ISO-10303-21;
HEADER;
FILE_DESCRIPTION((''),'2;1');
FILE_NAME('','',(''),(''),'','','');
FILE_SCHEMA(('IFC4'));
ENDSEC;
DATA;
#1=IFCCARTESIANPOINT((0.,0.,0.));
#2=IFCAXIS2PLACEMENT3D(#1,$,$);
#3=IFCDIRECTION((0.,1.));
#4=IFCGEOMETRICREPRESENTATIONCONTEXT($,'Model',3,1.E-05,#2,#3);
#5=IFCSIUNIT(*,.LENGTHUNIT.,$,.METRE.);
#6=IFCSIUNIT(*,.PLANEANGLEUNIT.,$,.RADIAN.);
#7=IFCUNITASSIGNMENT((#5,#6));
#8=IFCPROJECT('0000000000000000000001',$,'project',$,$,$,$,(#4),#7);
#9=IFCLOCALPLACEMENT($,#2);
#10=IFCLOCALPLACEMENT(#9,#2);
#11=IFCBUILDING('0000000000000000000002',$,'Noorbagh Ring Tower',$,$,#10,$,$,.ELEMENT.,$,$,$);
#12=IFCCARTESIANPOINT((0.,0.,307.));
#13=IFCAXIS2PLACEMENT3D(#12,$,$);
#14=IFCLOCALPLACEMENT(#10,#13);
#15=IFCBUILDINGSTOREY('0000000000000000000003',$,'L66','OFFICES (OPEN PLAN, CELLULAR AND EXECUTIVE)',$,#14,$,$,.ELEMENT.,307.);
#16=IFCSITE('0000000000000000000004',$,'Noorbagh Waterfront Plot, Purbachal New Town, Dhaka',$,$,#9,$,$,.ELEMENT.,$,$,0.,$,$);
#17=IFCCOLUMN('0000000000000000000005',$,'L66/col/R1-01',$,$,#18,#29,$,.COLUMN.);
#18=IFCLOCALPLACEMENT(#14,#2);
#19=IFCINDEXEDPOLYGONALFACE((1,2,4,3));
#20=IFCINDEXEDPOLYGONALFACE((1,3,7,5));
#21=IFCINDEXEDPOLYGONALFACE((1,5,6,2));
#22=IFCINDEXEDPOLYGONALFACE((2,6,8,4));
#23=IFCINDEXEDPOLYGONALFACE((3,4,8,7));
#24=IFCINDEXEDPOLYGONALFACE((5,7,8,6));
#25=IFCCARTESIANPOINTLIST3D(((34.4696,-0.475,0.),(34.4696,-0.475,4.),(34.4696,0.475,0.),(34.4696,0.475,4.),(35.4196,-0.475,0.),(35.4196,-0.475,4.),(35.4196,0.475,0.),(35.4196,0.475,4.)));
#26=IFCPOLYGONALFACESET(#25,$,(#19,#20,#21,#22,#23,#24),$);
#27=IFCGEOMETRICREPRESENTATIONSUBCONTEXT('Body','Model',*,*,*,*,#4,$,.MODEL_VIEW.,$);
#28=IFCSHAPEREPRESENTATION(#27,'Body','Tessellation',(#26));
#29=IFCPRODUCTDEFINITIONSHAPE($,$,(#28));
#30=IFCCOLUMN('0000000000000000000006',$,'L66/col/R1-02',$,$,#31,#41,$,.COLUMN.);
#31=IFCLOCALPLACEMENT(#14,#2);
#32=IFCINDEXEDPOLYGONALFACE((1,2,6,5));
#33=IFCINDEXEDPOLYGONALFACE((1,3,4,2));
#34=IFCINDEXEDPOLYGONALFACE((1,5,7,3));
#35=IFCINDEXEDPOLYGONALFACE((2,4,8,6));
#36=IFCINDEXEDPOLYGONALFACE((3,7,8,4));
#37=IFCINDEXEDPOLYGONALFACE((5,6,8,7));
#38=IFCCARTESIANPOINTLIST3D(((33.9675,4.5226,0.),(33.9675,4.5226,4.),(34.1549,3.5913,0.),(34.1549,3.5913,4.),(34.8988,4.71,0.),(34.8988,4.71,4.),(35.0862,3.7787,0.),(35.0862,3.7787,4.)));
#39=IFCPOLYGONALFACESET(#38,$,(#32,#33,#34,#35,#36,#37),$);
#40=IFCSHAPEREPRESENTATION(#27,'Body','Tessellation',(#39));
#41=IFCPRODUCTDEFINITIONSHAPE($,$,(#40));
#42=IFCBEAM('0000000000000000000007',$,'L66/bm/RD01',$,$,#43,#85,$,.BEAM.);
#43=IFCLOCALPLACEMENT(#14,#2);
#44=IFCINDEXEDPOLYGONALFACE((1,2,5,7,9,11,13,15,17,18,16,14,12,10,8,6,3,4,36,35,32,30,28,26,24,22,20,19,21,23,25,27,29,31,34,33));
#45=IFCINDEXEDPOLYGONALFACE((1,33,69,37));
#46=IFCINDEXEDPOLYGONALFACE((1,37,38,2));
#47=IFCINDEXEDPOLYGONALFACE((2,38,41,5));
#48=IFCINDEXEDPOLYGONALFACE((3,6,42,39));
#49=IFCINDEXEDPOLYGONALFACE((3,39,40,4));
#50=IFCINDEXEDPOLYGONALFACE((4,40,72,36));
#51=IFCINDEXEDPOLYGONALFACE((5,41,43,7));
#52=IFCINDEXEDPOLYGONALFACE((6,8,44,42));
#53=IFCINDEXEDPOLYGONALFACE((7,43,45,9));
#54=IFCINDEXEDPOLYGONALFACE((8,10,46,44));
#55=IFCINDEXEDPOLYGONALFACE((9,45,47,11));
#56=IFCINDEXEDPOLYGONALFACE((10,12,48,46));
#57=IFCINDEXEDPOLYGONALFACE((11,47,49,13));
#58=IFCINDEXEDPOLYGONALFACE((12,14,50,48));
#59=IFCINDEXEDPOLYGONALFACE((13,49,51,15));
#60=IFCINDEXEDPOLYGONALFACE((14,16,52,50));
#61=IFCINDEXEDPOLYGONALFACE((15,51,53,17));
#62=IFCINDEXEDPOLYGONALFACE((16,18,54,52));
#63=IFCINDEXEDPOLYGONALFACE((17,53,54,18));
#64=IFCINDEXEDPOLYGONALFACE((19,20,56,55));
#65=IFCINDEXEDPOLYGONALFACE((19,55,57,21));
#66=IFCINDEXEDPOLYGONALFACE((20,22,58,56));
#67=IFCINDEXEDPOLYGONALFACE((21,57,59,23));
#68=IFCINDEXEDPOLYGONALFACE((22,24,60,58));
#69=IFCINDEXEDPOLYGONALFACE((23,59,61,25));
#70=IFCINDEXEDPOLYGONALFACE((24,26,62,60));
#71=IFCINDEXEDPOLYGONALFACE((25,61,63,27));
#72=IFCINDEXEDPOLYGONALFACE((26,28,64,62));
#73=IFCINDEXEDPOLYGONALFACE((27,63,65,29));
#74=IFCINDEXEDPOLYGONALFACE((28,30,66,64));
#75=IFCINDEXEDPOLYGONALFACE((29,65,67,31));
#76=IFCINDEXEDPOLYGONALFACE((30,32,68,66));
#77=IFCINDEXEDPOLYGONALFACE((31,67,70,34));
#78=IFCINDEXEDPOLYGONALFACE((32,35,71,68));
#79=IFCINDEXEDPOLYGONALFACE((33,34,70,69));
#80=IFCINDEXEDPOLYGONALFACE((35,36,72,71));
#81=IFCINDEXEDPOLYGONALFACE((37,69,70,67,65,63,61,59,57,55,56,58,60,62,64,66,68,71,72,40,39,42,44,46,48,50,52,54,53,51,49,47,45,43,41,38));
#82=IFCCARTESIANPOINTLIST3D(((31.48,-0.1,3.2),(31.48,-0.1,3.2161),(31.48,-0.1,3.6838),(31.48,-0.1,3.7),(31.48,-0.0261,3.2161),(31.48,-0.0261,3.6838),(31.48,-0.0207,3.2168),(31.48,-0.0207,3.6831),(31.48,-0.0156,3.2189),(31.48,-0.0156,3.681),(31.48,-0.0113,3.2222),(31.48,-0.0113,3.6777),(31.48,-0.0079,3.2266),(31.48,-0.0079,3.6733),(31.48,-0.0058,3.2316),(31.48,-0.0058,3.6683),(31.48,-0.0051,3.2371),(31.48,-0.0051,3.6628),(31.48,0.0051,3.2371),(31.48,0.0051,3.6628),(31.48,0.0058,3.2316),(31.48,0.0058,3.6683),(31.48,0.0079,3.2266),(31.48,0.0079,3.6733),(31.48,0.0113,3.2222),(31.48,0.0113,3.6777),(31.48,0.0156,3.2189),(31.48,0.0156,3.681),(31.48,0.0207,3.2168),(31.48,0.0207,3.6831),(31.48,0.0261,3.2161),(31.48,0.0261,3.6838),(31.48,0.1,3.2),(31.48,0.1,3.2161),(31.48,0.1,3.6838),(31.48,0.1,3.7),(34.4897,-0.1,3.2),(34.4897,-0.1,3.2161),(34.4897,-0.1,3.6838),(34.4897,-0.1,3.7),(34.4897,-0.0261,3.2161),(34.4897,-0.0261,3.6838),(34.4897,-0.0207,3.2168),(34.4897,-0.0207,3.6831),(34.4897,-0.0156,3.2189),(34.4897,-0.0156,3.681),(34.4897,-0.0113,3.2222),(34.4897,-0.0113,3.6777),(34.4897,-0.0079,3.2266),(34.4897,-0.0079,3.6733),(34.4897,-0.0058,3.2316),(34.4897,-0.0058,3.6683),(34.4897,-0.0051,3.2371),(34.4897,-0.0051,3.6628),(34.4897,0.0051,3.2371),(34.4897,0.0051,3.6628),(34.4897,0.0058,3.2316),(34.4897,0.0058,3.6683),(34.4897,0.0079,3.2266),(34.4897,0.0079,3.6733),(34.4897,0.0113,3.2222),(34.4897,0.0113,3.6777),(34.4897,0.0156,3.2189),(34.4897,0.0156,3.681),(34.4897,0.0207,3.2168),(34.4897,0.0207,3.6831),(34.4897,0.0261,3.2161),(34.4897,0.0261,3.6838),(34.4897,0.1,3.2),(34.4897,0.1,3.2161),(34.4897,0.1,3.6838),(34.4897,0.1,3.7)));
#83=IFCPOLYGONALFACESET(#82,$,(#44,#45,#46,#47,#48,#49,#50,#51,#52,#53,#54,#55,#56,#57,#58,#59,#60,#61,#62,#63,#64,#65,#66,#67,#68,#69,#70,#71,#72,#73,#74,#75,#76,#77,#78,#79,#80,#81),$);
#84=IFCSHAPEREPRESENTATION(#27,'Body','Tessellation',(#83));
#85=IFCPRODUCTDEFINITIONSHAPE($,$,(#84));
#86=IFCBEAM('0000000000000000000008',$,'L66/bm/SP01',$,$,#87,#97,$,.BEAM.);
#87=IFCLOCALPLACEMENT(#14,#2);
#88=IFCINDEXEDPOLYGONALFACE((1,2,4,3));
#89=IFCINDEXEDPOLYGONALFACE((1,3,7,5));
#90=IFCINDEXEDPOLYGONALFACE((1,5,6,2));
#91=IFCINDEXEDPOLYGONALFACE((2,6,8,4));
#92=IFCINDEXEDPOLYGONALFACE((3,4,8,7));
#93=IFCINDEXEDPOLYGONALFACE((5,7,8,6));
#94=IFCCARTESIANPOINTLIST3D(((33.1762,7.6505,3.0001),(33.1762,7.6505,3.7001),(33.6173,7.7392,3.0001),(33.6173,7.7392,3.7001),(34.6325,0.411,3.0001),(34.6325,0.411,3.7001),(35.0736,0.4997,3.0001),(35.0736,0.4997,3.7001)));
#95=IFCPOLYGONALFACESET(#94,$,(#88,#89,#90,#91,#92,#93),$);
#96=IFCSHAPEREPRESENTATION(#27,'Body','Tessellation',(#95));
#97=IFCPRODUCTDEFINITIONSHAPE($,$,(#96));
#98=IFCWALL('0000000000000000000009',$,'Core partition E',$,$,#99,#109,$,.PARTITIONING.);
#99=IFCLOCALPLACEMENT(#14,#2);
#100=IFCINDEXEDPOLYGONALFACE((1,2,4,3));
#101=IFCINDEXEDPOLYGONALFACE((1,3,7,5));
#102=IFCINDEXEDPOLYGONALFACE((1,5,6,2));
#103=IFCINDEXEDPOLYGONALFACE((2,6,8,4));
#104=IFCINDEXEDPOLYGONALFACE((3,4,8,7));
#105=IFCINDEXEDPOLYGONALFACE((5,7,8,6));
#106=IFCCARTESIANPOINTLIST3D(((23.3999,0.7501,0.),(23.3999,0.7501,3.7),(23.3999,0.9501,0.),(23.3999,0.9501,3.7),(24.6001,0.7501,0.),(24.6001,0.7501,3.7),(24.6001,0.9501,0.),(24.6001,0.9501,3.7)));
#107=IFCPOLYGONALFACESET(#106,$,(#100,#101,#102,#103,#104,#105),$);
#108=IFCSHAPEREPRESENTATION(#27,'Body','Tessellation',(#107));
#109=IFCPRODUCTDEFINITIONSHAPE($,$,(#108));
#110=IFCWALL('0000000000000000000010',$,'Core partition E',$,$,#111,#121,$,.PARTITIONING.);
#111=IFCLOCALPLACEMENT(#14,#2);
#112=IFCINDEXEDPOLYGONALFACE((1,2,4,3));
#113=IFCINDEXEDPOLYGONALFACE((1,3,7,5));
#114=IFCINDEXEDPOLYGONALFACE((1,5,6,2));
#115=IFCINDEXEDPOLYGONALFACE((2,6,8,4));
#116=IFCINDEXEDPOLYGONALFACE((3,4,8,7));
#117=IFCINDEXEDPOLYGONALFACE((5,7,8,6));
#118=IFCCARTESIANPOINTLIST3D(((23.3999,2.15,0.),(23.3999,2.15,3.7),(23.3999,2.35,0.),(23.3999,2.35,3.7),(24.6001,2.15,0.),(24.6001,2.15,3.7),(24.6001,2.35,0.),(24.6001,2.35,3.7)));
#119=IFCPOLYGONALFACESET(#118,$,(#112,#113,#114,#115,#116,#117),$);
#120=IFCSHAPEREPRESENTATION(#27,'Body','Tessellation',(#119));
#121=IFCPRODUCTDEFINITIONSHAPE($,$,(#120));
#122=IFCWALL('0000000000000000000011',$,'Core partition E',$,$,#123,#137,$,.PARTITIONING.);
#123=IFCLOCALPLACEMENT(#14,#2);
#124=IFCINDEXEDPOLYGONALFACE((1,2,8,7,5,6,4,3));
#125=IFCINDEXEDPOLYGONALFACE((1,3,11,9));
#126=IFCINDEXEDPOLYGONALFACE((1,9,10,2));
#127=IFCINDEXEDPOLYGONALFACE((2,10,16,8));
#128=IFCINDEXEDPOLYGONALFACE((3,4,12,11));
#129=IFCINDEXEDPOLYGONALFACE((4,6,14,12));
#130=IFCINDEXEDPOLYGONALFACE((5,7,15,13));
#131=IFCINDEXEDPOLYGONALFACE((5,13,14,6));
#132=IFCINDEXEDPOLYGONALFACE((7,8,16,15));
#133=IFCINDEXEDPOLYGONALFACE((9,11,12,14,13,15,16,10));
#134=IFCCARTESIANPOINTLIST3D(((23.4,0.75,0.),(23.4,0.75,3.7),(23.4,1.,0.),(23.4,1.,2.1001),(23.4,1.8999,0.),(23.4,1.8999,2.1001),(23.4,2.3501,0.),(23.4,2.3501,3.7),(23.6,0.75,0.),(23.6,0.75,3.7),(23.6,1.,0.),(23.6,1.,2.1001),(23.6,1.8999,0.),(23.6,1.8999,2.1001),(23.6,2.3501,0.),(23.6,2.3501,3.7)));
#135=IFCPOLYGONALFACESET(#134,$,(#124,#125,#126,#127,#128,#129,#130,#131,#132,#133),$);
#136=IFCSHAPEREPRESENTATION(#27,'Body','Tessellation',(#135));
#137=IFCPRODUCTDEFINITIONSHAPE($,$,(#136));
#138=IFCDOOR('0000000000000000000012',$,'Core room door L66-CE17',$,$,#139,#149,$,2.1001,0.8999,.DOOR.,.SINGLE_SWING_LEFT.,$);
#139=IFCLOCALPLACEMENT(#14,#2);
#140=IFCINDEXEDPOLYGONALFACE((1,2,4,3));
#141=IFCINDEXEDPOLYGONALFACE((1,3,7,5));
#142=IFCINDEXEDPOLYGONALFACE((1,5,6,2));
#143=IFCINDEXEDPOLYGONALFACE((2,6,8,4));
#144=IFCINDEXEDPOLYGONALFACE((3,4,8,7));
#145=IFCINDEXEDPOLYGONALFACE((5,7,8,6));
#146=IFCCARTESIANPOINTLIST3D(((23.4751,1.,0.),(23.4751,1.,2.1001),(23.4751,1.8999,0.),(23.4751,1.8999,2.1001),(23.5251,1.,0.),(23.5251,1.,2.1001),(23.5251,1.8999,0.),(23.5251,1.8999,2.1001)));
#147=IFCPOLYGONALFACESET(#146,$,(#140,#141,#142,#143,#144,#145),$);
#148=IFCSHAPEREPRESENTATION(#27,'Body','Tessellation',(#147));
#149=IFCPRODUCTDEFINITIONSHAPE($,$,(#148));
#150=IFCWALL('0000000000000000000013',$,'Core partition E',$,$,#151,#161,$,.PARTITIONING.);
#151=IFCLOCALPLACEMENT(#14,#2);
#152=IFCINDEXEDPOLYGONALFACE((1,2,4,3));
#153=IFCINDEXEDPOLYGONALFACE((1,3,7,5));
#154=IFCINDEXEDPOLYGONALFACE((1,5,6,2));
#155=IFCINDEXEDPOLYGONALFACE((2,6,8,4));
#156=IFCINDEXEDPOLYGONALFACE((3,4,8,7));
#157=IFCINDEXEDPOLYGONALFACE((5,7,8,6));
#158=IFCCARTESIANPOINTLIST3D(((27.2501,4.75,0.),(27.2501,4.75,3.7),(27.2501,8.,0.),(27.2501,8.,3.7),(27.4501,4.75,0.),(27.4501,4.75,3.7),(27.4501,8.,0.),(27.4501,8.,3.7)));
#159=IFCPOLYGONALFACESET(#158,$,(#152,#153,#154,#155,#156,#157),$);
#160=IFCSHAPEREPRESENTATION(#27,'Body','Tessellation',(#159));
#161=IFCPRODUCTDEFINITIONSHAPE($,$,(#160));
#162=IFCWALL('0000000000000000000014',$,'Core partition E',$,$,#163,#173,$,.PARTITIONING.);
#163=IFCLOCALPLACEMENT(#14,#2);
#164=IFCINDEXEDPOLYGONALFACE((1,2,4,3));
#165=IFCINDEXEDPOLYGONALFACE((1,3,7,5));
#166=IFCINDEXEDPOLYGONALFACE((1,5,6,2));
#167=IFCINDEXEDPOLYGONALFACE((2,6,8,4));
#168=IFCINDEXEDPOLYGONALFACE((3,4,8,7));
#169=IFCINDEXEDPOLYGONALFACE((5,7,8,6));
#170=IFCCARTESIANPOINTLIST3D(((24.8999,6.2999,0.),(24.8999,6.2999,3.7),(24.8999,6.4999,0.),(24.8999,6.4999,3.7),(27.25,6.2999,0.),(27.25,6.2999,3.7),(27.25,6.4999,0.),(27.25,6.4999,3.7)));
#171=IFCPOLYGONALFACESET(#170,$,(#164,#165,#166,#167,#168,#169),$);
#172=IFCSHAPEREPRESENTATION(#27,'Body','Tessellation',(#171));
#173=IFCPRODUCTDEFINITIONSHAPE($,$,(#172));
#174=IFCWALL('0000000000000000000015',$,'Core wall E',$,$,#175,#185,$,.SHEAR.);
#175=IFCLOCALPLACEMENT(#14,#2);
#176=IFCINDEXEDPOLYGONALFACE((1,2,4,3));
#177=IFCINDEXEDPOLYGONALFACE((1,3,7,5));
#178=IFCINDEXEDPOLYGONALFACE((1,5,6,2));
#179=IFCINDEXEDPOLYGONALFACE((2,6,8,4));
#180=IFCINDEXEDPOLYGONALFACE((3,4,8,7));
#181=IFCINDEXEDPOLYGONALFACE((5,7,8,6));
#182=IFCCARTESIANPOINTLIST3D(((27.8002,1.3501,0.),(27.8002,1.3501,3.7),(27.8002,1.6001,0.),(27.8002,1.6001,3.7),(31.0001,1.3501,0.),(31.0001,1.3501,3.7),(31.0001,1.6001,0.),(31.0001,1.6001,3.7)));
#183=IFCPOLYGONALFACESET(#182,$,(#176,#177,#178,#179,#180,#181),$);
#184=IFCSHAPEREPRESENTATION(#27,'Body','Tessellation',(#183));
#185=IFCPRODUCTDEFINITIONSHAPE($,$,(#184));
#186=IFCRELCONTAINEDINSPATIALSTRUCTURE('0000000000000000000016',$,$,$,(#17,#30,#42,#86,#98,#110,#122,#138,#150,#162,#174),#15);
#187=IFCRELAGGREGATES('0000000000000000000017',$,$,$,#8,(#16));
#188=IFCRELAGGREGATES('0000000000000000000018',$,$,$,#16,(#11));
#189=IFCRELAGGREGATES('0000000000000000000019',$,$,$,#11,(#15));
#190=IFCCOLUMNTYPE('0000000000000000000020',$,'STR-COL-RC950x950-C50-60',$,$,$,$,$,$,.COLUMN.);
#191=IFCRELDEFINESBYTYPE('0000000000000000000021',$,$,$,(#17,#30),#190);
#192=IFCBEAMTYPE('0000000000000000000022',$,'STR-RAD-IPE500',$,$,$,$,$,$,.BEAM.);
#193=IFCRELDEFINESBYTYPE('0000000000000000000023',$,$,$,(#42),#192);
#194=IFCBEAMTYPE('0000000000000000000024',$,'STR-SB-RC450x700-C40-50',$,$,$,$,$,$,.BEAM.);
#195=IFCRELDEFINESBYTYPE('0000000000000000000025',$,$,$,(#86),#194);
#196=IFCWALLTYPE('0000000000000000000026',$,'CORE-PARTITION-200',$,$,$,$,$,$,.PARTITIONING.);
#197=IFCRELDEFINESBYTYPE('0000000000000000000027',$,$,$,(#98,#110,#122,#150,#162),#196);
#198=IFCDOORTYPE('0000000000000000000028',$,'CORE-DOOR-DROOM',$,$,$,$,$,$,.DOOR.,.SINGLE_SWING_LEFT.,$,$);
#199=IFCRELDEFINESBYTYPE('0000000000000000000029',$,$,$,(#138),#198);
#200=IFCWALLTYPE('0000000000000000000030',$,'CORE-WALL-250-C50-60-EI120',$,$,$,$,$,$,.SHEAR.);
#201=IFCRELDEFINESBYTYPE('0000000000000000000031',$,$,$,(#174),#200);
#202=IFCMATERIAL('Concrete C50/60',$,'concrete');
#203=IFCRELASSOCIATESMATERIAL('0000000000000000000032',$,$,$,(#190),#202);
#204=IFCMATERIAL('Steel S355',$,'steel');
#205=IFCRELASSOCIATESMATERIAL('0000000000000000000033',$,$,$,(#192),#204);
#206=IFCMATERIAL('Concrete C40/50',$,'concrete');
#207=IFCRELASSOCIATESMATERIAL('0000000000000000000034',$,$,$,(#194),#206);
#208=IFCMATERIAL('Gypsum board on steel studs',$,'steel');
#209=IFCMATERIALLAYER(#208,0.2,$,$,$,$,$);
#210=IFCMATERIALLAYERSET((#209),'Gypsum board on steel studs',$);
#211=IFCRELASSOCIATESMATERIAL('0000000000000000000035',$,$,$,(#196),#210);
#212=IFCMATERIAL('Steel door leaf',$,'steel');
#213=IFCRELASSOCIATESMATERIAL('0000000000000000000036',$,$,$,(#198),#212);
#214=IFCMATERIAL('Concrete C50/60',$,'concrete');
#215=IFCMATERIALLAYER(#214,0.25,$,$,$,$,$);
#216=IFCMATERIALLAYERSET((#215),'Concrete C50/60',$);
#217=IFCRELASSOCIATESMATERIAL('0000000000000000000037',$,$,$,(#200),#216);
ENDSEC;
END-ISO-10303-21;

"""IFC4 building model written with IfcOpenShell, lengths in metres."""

from ifc_helpers import new_model, si_unit, direction, frame, frame_2d, origin, origin_2d, place, context, subcontext, project, spatial, rectangle, i_section, extrude, material, layer, layer_set, material_profile, profile_set, type_object, element, fill, save


model = new_model("IFC4")

# Units and contexts
model_context = context("Model", 3, precision=1e-05, world=origin(), true_north=direction((0.0, 1.0)))
body_context = subcontext(model_context, "Body", "Model", "MODEL_VIEW")
ifc_project = project(units=[si_unit("LENGTHUNIT", "METRE"), si_unit("PLANEANGLEUNIT", "RADIAN")], contexts=[model_context])

# Site, building, storey
site_placement = place(None, origin())
site = spatial("IfcSite", under=ifc_project, at=site_placement, Name="Noorbagh Waterfront Plot, Purbachal New Town, Dhaka", CompositionType="ELEMENT", RefElevation=0.0)
building_placement = place(site_placement, origin())
building = spatial("IfcBuilding", under=site, at=building_placement, Name="Noorbagh Ring Tower", CompositionType="ELEMENT")
storey_placement = place(building_placement, frame((0.0, 0.0, 307.0)))
storey = spatial("IfcBuildingStorey", under=building, at=storey_placement, Name="L66", Description="OFFICES (OPEN PLAN, CELLULAR AND EXECUTIVE)", CompositionType="ELEMENT", Elevation=307.0)

# Columns
ifc_material_1 = material(Name="Concrete C50/60", Category="concrete")
ifc_material_profile_1 = material_profile(ifc_material_1, rectangle(XDim=0.95, YDim=0.95, at=origin_2d()), Name="RC950x950")
ifc_profile_set_1 = profile_set([ifc_material_profile_1], Name="Concrete C50/60")
column_type = type_object("IfcColumnType", Name="STR-COL-RC950x950-C50-60", PredefinedType="COLUMN", material=ifc_profile_set_1)
for number, where, z_axis, x_axis, name in (
    (1, (34.9446, 0.0, 0.0), (0.0, 0.0, 1.0), (0.0, 1.0, 0.0), "L66/col/R1-01"),
    (2, (34.5269, 4.1506, 0.0), (0.0, 0.0, 1.0), (-0.19723, 0.980357, 0.0), "L66/col/R1-02"),
):
    element("IfcColumn", number, at=place(storey_placement, frame(where, z_axis=z_axis, x_axis=x_axis)), inside=storey, type_object=column_type, Name=name, PredefinedType="COLUMN", context=body_context, shape_type="SweptSolid", body=[
        extrude(rectangle(XDim=0.95, YDim=0.95, at=origin_2d()), origin(), (0.0, 0.0, 1.0), 4.0),
    ])

# Beams
ifc_material_2 = material(Name="Steel S355", Category="steel")
ifc_material_profile_2 = material_profile(ifc_material_2, i_section(OverallWidth=0.2, OverallDepth=0.5, WebThickness=0.0103, FlangeThickness=0.0161, FilletRadius=0.021, at=origin_2d()), Name="IPE500")
ifc_profile_set_2 = profile_set([ifc_material_profile_2], Name="Steel S355")
beam_type_1 = type_object("IfcBeamType", Name="STR-RAD-IPE500", PredefinedType="BEAM", material=ifc_profile_set_2)
beam_1_placement = place(storey_placement, frame((34.4897, 0.0, 3.45), z_axis=(-1.0, 0.0, 0.0), x_axis=(0.0, -1.0, 0.0)))
element("IfcBeam", 3, at=beam_1_placement, inside=storey, type_object=beam_type_1, Name="L66/bm/RD01", PredefinedType="BEAM", context=body_context, shape_type="SweptSolid", body=[
    extrude(i_section(OverallWidth=0.2, OverallDepth=0.5, WebThickness=0.0103, FlangeThickness=0.0161, FilletRadius=0.021, at=origin_2d()), origin(), (0.0, 0.0, 1.0), 3.0098),
])
ifc_material_3 = material(Name="Concrete C40/50", Category="concrete")
ifc_material_profile_3 = material_profile(ifc_material_3, rectangle(XDim=0.45, YDim=0.7, at=origin_2d()), Name="RC450x700")
ifc_profile_set_3 = profile_set([ifc_material_profile_3], Name="Concrete C40/50")
beam_type_2 = type_object("IfcBeamType", Name="STR-SB-RC450x700-C40-50", PredefinedType="BEAM", material=ifc_profile_set_3)
beam_2_placement = place(storey_placement, frame((34.853, 0.4553, 3.3501), z_axis=(-0.19721, 0.980361, 0.0), x_axis=(-0.980361, -0.19721, 0.0)))
element("IfcBeam", 4, at=beam_2_placement, inside=storey, type_object=beam_type_2, Name="L66/bm/SP01", PredefinedType="BEAM", context=body_context, shape_type="SweptSolid", body=[
    extrude(rectangle(XDim=0.45, YDim=0.7, at=origin_2d()), origin(), (0.0, 0.0, 1.0), 7.3845),
])

# Walls
ifc_material_4 = material(Name="Gypsum board on steel studs", Category="steel")
ifc_layer_1 = layer(ifc_material_4, 0.2)
ifc_layer_set_1 = layer_set([ifc_layer_1], Name="Gypsum board on steel studs")
wall_type_1 = type_object("IfcWallType", Name="CORE-PARTITION-200", PredefinedType="PARTITIONING", material=ifc_layer_set_1)
for number, where, z_axis, x_axis, name in (
    (5, (23.3999, 0.8501, 0.0), (0.0, 0.0, 1.0), (1.0, 0.0, 0.0), "Core partition E"),
    (6, (23.3999, 2.25, 0.0), (0.0, 0.0, 1.0), (1.0, 0.0, 0.0), "Core partition E"),
):
    element("IfcWall", number, at=place(storey_placement, frame(where, z_axis=z_axis, x_axis=x_axis)), inside=storey, type_object=wall_type_1, Name=name, PredefinedType="PARTITIONING", context=body_context, shape_type="SweptSolid", body=[
        extrude(rectangle(XDim=1.2002, YDim=0.2, at=frame_2d((0.6001, 0.0))), origin(), (0.0, 0.0, 1.0), 3.7),
    ])

# Wall, opening, door
wall_1_placement = place(storey_placement, frame((23.5, 0.75, 0.0), z_axis=(0.0, 0.0, 1.0), x_axis=(0.0, 1.0, 0.0)))
wall_1 = element("IfcWall", 7, at=wall_1_placement, inside=storey, type_object=wall_type_1, Name="Core partition E", PredefinedType="PARTITIONING", context=body_context, shape_type="SweptSolid", body=[
    extrude(rectangle(XDim=1.6001, YDim=0.2, at=frame_2d((0.8, 0.0))), origin(), (0.0, 0.0, 1.0), 3.7),
])
opening_1_placement = place(wall_1_placement, frame((0.25, 0.0, 0.0)))
opening_1 = element("IfcOpeningElement", 8, at=opening_1_placement, cuts=wall_1, PredefinedType="OPENING", context=body_context, shape_type="SweptSolid", body=[
    extrude(rectangle(XDim=0.8999, YDim=2.1001, at=frame_2d((0.45, 1.05))), frame((0.0, 0.1099, 0.0), z_axis=(0.0, -1.0, 0.0), x_axis=(1.0, 0.0, 0.0)), (0.0, 0.0, 1.0), 0.22),
])
ifc_material_5 = material(Name="Steel door leaf", Category="steel")
door_type_1 = type_object("IfcDoorType", Name="CORE-DOOR-DROOM", OperationType="SINGLE_SWING_LEFT", PredefinedType="DOOR", material=ifc_material_5)
door_1_placement = place(opening_1_placement, origin())
door_1 = element("IfcDoor", 9, at=door_1_placement, inside=storey, type_object=door_type_1, Name="Core room door L66-CE17", OperationType="SINGLE_SWING_LEFT", OverallHeight=2.1001, OverallWidth=0.8999, PredefinedType="DOOR", context=body_context, shape_type="SweptSolid", body=[
    extrude(rectangle(XDim=0.8999, YDim=2.1001, at=frame_2d((0.45, 1.05))), frame((0.0, 0.0249, 0.0), z_axis=(0.0, -1.0, 0.0), x_axis=(1.0, 0.0, 0.0)), (0.0, 0.0, 1.0), 0.05),
])
fill(opening_1, door_1)

# Walls
wall_2_placement = place(storey_placement, frame((27.3501, 4.75, 0.0), z_axis=(0.0, 0.0, 1.0), x_axis=(0.0, 1.0, 0.0)))
element("IfcWall", 10, at=wall_2_placement, inside=storey, type_object=wall_type_1, Name="Core partition E", PredefinedType="PARTITIONING", context=body_context, shape_type="SweptSolid", body=[
    extrude(rectangle(XDim=3.25, YDim=0.2, at=frame_2d((1.625, 0.0))), origin(), (0.0, 0.0, 1.0), 3.7),
])
wall_3_placement = place(storey_placement, frame((24.8999, 6.3999, 0.0), z_axis=(0.0, 0.0, 1.0), x_axis=(1.0, 0.0, 0.0)))
element("IfcWall", 11, at=wall_3_placement, inside=storey, type_object=wall_type_1, Name="Core partition E", PredefinedType="PARTITIONING", context=body_context, shape_type="SweptSolid", body=[
    extrude(rectangle(XDim=2.3501, YDim=0.2, at=frame_2d((1.175, 0.0))), origin(), (0.0, 0.0, 1.0), 3.7),
])
ifc_material_6 = material(Name="Concrete C50/60", Category="concrete")
ifc_layer_2 = layer(ifc_material_6, 0.25)
ifc_layer_set_2 = layer_set([ifc_layer_2], Name="Concrete C50/60")
wall_type_2 = type_object("IfcWallType", Name="CORE-WALL-250-C50-60-EI120", PredefinedType="SHEAR", material=ifc_layer_set_2)
wall_4_placement = place(storey_placement, frame((27.8, 1.4751, 0.0), z_axis=(0.0, 0.0, 1.0), x_axis=(1.0, 0.0, 0.0)))
element("IfcWall", 12, at=wall_4_placement, inside=storey, type_object=wall_type_2, Name="Core wall E", PredefinedType="SHEAR", context=body_context, shape_type="SweptSolid", body=[
    extrude(rectangle(XDim=3.2, YDim=0.25, at=frame_2d((1.6001, 0.0))), origin(), (0.0, 0.0, 1.0), 3.7),
])

save(model, "model.ifc")
